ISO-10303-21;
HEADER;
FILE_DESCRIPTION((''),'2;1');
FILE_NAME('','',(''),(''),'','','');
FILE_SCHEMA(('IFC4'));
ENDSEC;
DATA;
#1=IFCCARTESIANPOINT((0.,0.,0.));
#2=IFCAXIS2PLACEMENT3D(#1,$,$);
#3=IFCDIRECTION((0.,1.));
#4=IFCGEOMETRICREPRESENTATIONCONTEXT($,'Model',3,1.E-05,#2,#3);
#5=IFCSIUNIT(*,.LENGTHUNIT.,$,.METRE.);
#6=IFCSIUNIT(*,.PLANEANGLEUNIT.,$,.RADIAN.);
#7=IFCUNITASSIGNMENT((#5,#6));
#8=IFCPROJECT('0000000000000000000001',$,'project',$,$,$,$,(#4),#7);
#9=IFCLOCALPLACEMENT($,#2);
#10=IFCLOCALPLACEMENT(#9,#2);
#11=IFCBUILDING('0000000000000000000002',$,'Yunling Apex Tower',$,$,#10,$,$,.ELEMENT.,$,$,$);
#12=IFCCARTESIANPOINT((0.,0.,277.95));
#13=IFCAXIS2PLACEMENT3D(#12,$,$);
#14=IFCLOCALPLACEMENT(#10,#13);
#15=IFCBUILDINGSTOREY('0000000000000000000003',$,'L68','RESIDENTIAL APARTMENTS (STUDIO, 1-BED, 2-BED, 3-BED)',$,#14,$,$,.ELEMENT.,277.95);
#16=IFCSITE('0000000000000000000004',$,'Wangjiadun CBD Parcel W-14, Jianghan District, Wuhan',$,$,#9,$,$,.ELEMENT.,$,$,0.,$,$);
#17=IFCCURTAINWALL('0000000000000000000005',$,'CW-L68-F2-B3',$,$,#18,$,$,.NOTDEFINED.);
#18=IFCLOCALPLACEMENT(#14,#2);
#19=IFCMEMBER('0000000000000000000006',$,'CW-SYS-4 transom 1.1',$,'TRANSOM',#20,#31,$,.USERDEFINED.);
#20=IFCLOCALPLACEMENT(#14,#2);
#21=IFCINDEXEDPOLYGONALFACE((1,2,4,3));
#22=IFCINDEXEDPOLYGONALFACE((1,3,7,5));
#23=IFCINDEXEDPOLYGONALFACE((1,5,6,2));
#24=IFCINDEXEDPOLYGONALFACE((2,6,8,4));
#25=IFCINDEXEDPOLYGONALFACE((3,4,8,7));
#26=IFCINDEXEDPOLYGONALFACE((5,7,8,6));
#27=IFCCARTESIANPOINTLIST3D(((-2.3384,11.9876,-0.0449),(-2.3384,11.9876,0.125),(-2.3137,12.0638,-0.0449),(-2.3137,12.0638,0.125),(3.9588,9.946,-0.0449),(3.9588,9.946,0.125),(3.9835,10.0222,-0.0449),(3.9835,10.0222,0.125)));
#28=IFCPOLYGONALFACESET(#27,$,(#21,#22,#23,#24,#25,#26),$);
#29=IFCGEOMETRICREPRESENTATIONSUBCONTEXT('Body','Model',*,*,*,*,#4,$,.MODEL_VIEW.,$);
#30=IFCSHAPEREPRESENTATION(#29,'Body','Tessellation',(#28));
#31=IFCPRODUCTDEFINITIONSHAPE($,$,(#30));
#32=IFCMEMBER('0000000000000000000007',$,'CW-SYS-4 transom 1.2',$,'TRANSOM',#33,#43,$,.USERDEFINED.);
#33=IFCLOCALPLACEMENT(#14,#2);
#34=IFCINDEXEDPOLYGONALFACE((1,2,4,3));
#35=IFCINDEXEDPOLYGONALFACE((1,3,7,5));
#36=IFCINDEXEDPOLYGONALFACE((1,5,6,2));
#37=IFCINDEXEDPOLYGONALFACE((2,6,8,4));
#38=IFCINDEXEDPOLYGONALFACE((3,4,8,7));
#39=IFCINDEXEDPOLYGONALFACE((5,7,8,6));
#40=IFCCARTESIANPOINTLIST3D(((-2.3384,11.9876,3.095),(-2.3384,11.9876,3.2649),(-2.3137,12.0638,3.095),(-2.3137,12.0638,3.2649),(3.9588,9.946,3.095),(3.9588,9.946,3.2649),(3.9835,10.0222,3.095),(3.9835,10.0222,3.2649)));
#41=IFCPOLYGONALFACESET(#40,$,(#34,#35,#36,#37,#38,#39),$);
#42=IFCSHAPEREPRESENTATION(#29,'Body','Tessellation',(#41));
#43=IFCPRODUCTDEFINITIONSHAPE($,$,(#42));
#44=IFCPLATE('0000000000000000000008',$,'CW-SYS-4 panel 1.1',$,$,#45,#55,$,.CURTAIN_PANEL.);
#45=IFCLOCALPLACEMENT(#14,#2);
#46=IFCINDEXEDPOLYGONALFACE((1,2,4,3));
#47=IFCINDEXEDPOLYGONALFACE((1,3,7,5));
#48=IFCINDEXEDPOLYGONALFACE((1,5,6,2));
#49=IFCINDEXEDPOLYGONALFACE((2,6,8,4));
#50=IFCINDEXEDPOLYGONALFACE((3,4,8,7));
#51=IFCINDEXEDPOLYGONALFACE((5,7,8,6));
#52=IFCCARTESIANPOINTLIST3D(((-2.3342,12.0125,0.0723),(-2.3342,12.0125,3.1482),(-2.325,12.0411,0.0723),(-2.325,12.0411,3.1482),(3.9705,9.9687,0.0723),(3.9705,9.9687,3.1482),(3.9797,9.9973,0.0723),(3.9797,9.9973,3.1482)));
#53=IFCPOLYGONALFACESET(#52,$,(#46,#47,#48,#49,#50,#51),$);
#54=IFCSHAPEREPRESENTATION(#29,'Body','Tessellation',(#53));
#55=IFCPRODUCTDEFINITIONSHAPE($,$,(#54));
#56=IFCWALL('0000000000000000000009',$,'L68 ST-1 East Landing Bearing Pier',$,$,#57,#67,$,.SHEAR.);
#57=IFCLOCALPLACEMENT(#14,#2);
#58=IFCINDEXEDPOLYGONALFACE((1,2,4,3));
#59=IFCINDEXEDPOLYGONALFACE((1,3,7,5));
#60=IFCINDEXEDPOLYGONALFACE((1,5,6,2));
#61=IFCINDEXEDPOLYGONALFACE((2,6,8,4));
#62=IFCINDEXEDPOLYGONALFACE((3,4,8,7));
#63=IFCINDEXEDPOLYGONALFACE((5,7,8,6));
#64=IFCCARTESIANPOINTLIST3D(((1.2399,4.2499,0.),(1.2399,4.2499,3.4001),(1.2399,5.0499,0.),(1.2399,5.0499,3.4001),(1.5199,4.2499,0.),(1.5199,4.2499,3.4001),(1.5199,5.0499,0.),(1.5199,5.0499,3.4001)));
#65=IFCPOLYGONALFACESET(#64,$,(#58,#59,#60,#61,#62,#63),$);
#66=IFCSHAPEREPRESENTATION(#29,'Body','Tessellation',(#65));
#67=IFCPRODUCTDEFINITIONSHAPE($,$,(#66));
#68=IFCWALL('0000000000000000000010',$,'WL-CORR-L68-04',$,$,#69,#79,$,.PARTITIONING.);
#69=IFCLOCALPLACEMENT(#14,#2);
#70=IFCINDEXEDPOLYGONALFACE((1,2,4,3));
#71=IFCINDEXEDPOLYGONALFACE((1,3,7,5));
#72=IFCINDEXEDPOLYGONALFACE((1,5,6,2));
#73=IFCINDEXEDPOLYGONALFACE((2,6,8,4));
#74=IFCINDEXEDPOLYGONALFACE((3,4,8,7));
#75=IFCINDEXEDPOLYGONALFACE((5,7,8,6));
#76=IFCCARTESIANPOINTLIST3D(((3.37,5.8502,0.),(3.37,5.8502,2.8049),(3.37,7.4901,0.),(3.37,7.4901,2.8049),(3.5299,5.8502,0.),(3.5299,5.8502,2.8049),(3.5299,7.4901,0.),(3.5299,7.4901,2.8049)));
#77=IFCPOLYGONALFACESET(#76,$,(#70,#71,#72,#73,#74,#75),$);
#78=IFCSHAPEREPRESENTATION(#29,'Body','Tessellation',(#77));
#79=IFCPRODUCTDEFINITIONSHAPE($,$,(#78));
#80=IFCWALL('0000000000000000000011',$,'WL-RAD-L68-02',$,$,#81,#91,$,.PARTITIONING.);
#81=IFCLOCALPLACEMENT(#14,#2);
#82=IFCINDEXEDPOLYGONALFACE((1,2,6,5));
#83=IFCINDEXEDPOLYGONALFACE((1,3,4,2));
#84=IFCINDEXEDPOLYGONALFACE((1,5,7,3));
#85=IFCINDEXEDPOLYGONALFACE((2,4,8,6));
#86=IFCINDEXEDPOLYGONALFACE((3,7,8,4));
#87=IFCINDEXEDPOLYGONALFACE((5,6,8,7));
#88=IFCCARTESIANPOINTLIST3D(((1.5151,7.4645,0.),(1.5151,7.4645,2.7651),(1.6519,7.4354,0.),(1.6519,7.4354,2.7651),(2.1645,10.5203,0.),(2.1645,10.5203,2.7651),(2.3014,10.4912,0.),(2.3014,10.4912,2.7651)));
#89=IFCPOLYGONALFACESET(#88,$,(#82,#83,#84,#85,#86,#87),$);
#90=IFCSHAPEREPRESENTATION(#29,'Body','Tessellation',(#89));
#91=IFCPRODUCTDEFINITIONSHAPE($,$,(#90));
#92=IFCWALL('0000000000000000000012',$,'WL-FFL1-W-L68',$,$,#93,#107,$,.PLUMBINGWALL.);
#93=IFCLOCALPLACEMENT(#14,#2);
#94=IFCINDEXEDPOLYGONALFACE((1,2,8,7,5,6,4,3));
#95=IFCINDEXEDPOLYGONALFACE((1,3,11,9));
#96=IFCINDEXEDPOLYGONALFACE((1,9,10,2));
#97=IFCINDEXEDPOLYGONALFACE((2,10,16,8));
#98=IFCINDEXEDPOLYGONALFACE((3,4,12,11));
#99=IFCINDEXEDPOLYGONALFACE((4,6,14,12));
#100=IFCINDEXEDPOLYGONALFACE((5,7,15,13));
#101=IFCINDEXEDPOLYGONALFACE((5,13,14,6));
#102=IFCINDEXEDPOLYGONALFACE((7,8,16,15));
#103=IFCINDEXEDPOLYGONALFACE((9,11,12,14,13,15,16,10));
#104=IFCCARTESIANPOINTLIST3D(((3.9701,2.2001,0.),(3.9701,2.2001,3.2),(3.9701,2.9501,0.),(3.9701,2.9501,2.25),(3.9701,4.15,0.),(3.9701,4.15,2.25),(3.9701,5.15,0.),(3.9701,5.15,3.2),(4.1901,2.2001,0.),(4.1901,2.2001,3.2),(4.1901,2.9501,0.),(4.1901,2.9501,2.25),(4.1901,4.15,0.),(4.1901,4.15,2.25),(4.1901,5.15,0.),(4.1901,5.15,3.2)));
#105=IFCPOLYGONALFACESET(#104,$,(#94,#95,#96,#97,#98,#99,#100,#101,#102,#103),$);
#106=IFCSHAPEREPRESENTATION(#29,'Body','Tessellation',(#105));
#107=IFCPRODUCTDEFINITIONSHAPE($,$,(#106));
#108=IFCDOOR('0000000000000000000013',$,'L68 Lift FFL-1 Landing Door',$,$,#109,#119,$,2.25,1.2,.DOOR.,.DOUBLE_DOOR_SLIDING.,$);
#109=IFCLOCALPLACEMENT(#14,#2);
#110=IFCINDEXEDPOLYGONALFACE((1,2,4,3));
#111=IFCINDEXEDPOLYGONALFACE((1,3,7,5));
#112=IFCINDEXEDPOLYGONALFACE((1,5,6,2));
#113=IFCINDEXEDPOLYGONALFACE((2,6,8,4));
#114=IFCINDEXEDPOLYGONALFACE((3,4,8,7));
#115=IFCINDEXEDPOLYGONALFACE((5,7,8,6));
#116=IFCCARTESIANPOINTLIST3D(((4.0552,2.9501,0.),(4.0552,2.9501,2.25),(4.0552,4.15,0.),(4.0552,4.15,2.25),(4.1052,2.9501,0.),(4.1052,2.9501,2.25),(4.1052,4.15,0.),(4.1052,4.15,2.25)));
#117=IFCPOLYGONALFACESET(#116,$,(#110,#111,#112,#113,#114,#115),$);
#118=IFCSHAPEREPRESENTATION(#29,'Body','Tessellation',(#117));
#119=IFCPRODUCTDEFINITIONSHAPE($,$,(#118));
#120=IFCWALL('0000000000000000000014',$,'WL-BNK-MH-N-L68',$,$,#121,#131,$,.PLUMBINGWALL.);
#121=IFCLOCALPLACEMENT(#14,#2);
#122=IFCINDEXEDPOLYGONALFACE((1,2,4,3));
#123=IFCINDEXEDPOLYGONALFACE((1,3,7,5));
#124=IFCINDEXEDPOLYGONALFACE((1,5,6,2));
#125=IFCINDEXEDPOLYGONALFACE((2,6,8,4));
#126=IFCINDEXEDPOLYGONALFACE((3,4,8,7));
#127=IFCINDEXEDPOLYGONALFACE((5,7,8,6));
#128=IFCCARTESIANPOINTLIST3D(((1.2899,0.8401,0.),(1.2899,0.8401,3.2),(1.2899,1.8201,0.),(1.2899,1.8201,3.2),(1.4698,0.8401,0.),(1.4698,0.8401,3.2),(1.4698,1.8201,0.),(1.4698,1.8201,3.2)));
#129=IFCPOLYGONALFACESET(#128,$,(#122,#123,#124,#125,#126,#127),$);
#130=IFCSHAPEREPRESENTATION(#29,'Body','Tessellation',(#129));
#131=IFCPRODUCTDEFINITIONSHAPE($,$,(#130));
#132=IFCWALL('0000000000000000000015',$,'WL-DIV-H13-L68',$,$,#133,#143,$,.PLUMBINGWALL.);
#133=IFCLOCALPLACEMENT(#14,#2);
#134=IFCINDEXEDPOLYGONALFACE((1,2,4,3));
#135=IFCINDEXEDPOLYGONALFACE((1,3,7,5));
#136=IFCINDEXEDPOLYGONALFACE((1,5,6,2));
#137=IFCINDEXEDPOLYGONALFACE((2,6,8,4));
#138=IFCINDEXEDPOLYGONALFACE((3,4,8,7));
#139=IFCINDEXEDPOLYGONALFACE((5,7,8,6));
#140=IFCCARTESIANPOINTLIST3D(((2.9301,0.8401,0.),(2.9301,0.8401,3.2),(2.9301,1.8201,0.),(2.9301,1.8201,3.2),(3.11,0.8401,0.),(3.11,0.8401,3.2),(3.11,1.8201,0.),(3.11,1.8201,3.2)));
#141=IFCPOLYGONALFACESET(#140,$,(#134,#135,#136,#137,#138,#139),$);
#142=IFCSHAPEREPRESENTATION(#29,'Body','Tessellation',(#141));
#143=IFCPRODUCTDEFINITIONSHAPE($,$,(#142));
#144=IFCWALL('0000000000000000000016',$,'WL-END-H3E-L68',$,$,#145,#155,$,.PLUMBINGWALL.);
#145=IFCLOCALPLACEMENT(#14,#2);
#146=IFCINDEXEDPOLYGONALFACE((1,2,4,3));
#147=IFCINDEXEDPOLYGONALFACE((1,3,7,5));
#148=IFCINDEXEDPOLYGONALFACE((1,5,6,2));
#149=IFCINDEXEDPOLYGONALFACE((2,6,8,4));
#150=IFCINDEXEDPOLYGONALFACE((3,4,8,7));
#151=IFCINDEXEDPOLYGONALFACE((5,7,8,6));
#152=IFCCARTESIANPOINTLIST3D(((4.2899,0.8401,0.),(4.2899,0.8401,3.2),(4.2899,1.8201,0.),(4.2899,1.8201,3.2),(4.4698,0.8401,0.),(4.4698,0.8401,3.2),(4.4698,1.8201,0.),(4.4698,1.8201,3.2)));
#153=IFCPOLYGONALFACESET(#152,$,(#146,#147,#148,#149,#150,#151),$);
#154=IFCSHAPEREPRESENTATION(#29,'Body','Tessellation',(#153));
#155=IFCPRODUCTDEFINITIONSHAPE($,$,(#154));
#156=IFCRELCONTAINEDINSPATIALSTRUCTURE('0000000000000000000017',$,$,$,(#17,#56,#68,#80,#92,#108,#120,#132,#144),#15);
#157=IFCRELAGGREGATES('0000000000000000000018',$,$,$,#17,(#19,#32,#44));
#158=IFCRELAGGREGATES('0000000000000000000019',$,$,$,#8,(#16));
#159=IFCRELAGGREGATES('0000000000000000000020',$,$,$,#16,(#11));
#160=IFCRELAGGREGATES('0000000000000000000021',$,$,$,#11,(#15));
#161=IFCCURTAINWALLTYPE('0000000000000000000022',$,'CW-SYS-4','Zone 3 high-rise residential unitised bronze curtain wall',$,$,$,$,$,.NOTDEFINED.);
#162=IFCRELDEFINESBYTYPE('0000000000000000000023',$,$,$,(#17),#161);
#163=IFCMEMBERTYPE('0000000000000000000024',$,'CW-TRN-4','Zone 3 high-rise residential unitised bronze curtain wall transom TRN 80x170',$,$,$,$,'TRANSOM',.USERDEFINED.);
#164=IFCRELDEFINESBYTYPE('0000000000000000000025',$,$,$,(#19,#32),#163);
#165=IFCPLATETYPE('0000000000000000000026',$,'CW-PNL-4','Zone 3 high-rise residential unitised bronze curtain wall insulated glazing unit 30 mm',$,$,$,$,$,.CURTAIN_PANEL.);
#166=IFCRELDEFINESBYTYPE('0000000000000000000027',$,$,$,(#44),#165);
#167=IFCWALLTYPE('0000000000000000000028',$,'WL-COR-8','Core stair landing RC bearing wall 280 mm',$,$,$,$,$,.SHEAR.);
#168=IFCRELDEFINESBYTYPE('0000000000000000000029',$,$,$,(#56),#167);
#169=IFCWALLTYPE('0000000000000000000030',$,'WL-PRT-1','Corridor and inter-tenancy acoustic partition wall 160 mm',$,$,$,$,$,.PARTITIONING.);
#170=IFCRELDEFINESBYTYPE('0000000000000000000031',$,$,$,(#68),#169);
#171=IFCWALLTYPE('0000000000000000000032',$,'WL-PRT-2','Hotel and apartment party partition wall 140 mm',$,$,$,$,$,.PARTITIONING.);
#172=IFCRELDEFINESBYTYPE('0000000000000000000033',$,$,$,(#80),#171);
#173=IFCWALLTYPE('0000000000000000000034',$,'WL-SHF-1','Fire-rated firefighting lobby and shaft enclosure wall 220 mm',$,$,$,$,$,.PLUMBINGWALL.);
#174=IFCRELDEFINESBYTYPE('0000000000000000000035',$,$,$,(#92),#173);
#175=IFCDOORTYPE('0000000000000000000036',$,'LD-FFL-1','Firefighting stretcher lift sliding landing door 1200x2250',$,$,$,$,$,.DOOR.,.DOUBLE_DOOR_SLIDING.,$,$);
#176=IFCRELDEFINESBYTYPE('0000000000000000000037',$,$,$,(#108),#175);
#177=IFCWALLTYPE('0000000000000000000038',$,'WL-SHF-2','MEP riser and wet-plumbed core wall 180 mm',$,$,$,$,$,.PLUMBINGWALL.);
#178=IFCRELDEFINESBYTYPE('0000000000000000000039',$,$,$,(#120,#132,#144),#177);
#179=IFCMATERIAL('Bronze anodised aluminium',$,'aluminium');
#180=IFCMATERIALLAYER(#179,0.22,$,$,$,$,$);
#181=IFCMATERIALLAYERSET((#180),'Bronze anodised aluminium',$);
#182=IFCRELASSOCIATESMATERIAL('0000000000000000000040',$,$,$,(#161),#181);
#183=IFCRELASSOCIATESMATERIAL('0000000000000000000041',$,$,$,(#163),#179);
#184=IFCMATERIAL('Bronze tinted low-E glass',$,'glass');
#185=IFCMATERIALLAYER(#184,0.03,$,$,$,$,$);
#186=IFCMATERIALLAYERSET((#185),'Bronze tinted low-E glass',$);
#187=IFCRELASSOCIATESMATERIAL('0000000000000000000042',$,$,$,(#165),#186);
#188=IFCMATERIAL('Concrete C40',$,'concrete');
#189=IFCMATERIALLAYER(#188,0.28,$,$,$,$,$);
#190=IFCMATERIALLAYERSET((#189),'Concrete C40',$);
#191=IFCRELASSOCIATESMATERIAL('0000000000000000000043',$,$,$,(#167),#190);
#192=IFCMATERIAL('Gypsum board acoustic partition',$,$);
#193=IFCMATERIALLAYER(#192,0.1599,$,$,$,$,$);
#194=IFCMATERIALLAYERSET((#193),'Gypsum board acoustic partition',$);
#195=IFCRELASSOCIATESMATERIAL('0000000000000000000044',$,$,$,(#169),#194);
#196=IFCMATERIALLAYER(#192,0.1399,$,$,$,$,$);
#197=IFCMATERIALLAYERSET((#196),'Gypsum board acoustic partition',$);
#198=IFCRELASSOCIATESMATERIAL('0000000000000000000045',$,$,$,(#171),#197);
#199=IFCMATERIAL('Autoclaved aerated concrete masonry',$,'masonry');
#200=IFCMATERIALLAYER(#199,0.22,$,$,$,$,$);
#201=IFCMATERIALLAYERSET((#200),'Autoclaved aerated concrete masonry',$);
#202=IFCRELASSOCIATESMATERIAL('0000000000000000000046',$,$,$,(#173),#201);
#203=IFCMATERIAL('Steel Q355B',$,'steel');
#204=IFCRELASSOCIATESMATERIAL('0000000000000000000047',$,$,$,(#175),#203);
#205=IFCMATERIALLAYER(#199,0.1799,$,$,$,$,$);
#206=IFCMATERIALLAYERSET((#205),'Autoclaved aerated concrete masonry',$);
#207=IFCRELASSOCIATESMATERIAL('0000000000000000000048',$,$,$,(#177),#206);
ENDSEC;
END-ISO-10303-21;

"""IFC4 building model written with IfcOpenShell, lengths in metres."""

from ifc_helpers import new_model, si_unit, direction, frame, frame_2d, origin, origin_2d, place, context, subcontext, project, spatial, rectangle, extrude, source, transform, mapped, material, layer, layer_set, material_profile, profile_set, type_object, element, fill, aggregate, save


model = new_model("IFC4")

# Units and contexts
model_context = context("Model", 3, precision=1e-05, world=origin(), true_north=direction((0.0, 1.0)))
body_context = subcontext(model_context, "Body", "Model", "MODEL_VIEW")
ifc_project = project(units=[si_unit("LENGTHUNIT", "METRE"), si_unit("PLANEANGLEUNIT", "RADIAN")], contexts=[model_context])

# Site, building, storey
site_placement = place(None, origin())
site = spatial("IfcSite", under=ifc_project, at=site_placement, Name="Wangjiadun CBD Parcel W-14, Jianghan District, Wuhan", CompositionType="ELEMENT", RefElevation=0.0)
building_placement = place(site_placement, origin())
building = spatial("IfcBuilding", under=site, at=building_placement, Name="Yunling Apex Tower", CompositionType="ELEMENT")
storey_placement = place(building_placement, frame((0.0, 0.0, 277.95)))
storey = spatial("IfcBuildingStorey", under=building, at=storey_placement, Name="L68", Description="RESIDENTIAL APARTMENTS (STUDIO, 1-BED, 2-BED, 3-BED)", CompositionType="ELEMENT", Elevation=277.95)

# Shared definitions
ifc_material_1 = material(Name="Steel Q355B", Category="steel")

# Shared definitions
ifc_material_2 = material(Name="Bronze anodised aluminium", Category="aluminium")
ifc_layer_1 = layer(ifc_material_2, 0.22)
ifc_layer_set_1 = layer_set([ifc_layer_1], Name="Bronze anodised aluminium")
curtain_wall_type = type_object("IfcCurtainWallType", Name="CW-SYS-4", Description="Zone 3 high-rise residential unitised bronze curtain wall", PredefinedType="NOTDEFINED", material=ifc_layer_set_1)

# Curtain wall
curtain_wall_1_placement = place(storey_placement, origin())
curtain_wall_1 = element("IfcCurtainWall", 1, at=curtain_wall_1_placement, inside=storey, type_object=curtain_wall_type, Name="CW-L68-F2-B3", PredefinedType="NOTDEFINED")
ifc_material_profile_1 = material_profile(ifc_material_2, rectangle(XDim=0.0801, YDim=0.1699, at=origin_2d()))
ifc_profile_set_1 = profile_set([ifc_material_profile_1], Name="Bronze anodised aluminium")
member_type_1 = type_object("IfcMemberType", Name="CW-TRN-4", Description="Zone 3 high-rise residential unitised bronze curtain wall transom TRN 80x170", ElementType="TRANSOM", PredefinedType="USERDEFINED", material=ifc_profile_set_1)

# Members
shared_shape_1 = source(origin(), body_context, "Body", "SweptSolid", [
    extrude(rectangle(XDim=0.0801, YDim=0.1699, at=origin_2d()), origin(), (0.0, 0.0, 1.0), 6.6199),
])
member_1_placement = place(storey_placement, frame((3.9712, 9.9841, 0.04), z_axis=(-0.951258, 0.308395, 0.0), x_axis=(-0.308395, -0.951258, 0.0)))
member_1 = element("IfcMember", 2, at=member_1_placement, type_object=member_type_1, Name="CW-SYS-4 transom 1.1", ObjectType="TRANSOM", PredefinedType="USERDEFINED", context=body_context, shape_type="MappedRepresentation", body=[
    mapped(shared_shape_1, transform((0.0, 0.0, 0.0), scale=1.0)),
])
member_2_placement = place(storey_placement, frame((3.9712, 9.9841, 3.1799), z_axis=(-0.951258, 0.308395, 0.0), x_axis=(-0.308395, -0.951258, 0.0)))
member_2 = element("IfcMember", 3, at=member_2_placement, type_object=member_type_1, Name="CW-SYS-4 transom 1.2", ObjectType="TRANSOM", PredefinedType="USERDEFINED", context=body_context, shape_type="MappedRepresentation", body=[
    mapped(shared_shape_1, transform((0.0, 0.0, 0.0), scale=1.0)),
])

# Plate
ifc_material_3 = material(Name="Bronze tinted low-E glass", Category="glass")
ifc_layer_2 = layer(ifc_material_3, 0.03)
ifc_layer_set_2 = layer_set([ifc_layer_2], Name="Bronze tinted low-E glass")
plate_type = type_object("IfcPlateType", Name="CW-PNL-4", Description="Zone 3 high-rise residential unitised bronze curtain wall insulated glazing unit 30 mm", PredefinedType="CURTAIN_PANEL", material=ifc_layer_set_2)
shared_shape_2 = source(origin(), body_context, "Body", "SweptSolid", [
    extrude(rectangle(XDim=6.6277, YDim=0.03, at=origin_2d()), origin(), (0.0, 0.0, 1.0), 3.0759),
])
plate_placement = place(storey_placement, frame((0.8228, 11.0049, 0.0723), z_axis=(0.0, 0.0, 1.0), x_axis=(-0.951266, 0.308371, 0.0)))
plate = element("IfcPlate", 4, at=plate_placement, type_object=plate_type, Name="CW-SYS-4 panel 1.1", PredefinedType="CURTAIN_PANEL", context=body_context, shape_type="MappedRepresentation", body=[
    mapped(shared_shape_2, transform((0.0, 0.0, 0.0), scale=1.0)),
])
aggregate(curtain_wall_1, [member_1, member_2, plate])

# Walls
ifc_material_4 = material(Name="Concrete C40", Category="concrete")
ifc_layer_3 = layer(ifc_material_4, 0.28)
ifc_layer_set_3 = layer_set([ifc_layer_3], Name="Concrete C40")
wall_type_1 = type_object("IfcWallType", Name="WL-COR-8", Description="Core stair landing RC bearing wall 280 mm", PredefinedType="SHEAR", material=ifc_layer_set_3)
wall_1_placement = place(storey_placement, frame((1.3799, 4.25, 0.0), z_axis=(0.0, 0.0, 1.0), x_axis=(0.0, 1.0, 0.0)))
element("IfcWall", 5, at=wall_1_placement, inside=storey, type_object=wall_type_1, Name="L68 ST-1 East Landing Bearing Pier", PredefinedType="SHEAR", context=body_context, shape_type="SweptSolid", body=[
    extrude(rectangle(XDim=0.8, YDim=0.28, at=frame_2d((0.3999, 0.0))), origin(), (0.0, 0.0, 1.0), 3.4001),
])
ifc_material_5 = material(Name="Gypsum board acoustic partition")
ifc_layer_4 = layer(ifc_material_5, 0.1599)
ifc_layer_set_4 = layer_set([ifc_layer_4], Name="Gypsum board acoustic partition")
wall_type_2 = type_object("IfcWallType", Name="WL-PRT-1", Description="Corridor and inter-tenancy acoustic partition wall 160 mm", PredefinedType="PARTITIONING", material=ifc_layer_set_4)
wall_2_placement = place(storey_placement, frame((3.45, 7.49, 0.0), z_axis=(0.0, 0.0, 1.0), x_axis=(0.0, -1.0, 0.0)))
element("IfcWall", 6, at=wall_2_placement, inside=storey, type_object=wall_type_2, Name="WL-CORR-L68-04", PredefinedType="PARTITIONING", context=body_context, shape_type="SweptSolid", body=[
    extrude(rectangle(XDim=1.6399, YDim=0.1599, at=frame_2d((0.8198, 0.0))), origin(), (0.0, 0.0, 1.0), 2.8049),
])
ifc_layer_5 = layer(ifc_material_5, 0.1399)
ifc_layer_set_5 = layer_set([ifc_layer_5], Name="Gypsum board acoustic partition")
wall_type_3 = type_object("IfcWallType", Name="WL-PRT-2", Description="Hotel and apartment party partition wall 140 mm", PredefinedType="PARTITIONING", material=ifc_layer_set_5)
wall_3_placement = place(storey_placement, frame((1.5835, 7.45, 0.0), z_axis=(0.0, 0.0, 1.0), x_axis=(0.207885, 0.978153, 0.0)))
element("IfcWall", 7, at=wall_3_placement, inside=storey, type_object=wall_type_3, Name="WL-RAD-L68-02", PredefinedType="PARTITIONING", context=body_context, shape_type="SweptSolid", body=[
    extrude(rectangle(XDim=3.124, YDim=0.1399, at=frame_2d((1.562, 0.0))), origin(), (0.0, 0.0, 1.0), 2.7651),
])

# Wall, opening, door
ifc_material_6 = material(Name="Autoclaved aerated concrete masonry", Category="masonry")
ifc_layer_6 = layer(ifc_material_6, 0.22)
ifc_layer_set_6 = layer_set([ifc_layer_6], Name="Autoclaved aerated concrete masonry")
wall_type_4 = type_object("IfcWallType", Name="WL-SHF-1", Description="Fire-rated firefighting lobby and shaft enclosure wall 220 mm", PredefinedType="PLUMBINGWALL", material=ifc_layer_set_6)
wall_4_placement = place(storey_placement, frame((4.0801, 2.2, 0.0), z_axis=(0.0, 0.0, 1.0), x_axis=(0.0, 1.0, 0.0)))
wall_4 = element("IfcWall", 8, at=wall_4_placement, inside=storey, type_object=wall_type_4, Name="WL-FFL1-W-L68", PredefinedType="PLUMBINGWALL", context=body_context, shape_type="SweptSolid", body=[
    extrude(rectangle(XDim=2.95, YDim=0.22, at=frame_2d((1.4751, 0.0))), origin(), (0.0, 0.0, 1.0), 3.2),
])
opening_1_placement = place(wall_4_placement, frame((0.75, 0.0, 0.0)))
opening_1 = element("IfcOpeningElement", 9, at=opening_1_placement, cuts=wall_4, PredefinedType="OPENING", context=body_context, shape_type="SweptSolid", body=[
    extrude(rectangle(XDim=1.2, YDim=2.25, at=frame_2d((0.6001, 1.125))), frame((0.0, 0.1201, 0.0), z_axis=(0.0, -1.0, 0.0), x_axis=(1.0, 0.0, 0.0)), (0.0, 0.0, 1.0), 0.24),
])
door_type_1 = type_object("IfcDoorType", Name="LD-FFL-1", Description="Firefighting stretcher lift sliding landing door 1200x2250", OperationType="DOUBLE_DOOR_SLIDING", PredefinedType="DOOR", material=ifc_material_1)
door_1_placement = place(opening_1_placement, origin())
door_1 = element("IfcDoor", 10, at=door_1_placement, inside=storey, type_object=door_type_1, Name="L68 Lift FFL-1 Landing Door", OperationType="DOUBLE_DOOR_SLIDING", OverallHeight=2.25, OverallWidth=1.2, PredefinedType="DOOR", context=body_context, shape_type="SweptSolid", body=[
    extrude(rectangle(XDim=1.2, YDim=2.25, at=frame_2d((0.6001, 1.125))), frame((0.0, 0.0249, 0.0), z_axis=(0.0, -1.0, 0.0), x_axis=(1.0, 0.0, 0.0)), (0.0, 0.0, 1.0), 0.05),
])
fill(opening_1, door_1)

# Walls
ifc_layer_7 = layer(ifc_material_6, 0.1799)
ifc_layer_set_7 = layer_set([ifc_layer_7], Name="Autoclaved aerated concrete masonry")
wall_type_5 = type_object("IfcWallType", Name="WL-SHF-2", Description="MEP riser and wet-plumbed core wall 180 mm", PredefinedType="PLUMBINGWALL", material=ifc_layer_set_7)
for number, where, z_axis, x_axis, name in (
    (11, (1.3799, 0.8401, 0.0), (0.0, 0.0, 1.0), (0.0, 1.0, 0.0), "WL-BNK-MH-N-L68"),
    (12, (3.02, 0.8401, 0.0), (0.0, 0.0, 1.0), (0.0, 1.0, 0.0), "WL-DIV-H13-L68"),
    (13, (4.3799, 0.8401, 0.0), (0.0, 0.0, 1.0), (0.0, 1.0, 0.0), "WL-END-H3E-L68"),
):
    element("IfcWall", number, at=place(storey_placement, frame(where, z_axis=z_axis, x_axis=x_axis)), inside=storey, type_object=wall_type_5, Name=name, PredefinedType="PLUMBINGWALL", context=body_context, shape_type="SweptSolid", body=[
        extrude(rectangle(XDim=0.98, YDim=0.1799, at=frame_2d((0.49, 0.0))), origin(), (0.0, 0.0, 1.0), 3.2),
    ])

save(model, "model.ifc")
